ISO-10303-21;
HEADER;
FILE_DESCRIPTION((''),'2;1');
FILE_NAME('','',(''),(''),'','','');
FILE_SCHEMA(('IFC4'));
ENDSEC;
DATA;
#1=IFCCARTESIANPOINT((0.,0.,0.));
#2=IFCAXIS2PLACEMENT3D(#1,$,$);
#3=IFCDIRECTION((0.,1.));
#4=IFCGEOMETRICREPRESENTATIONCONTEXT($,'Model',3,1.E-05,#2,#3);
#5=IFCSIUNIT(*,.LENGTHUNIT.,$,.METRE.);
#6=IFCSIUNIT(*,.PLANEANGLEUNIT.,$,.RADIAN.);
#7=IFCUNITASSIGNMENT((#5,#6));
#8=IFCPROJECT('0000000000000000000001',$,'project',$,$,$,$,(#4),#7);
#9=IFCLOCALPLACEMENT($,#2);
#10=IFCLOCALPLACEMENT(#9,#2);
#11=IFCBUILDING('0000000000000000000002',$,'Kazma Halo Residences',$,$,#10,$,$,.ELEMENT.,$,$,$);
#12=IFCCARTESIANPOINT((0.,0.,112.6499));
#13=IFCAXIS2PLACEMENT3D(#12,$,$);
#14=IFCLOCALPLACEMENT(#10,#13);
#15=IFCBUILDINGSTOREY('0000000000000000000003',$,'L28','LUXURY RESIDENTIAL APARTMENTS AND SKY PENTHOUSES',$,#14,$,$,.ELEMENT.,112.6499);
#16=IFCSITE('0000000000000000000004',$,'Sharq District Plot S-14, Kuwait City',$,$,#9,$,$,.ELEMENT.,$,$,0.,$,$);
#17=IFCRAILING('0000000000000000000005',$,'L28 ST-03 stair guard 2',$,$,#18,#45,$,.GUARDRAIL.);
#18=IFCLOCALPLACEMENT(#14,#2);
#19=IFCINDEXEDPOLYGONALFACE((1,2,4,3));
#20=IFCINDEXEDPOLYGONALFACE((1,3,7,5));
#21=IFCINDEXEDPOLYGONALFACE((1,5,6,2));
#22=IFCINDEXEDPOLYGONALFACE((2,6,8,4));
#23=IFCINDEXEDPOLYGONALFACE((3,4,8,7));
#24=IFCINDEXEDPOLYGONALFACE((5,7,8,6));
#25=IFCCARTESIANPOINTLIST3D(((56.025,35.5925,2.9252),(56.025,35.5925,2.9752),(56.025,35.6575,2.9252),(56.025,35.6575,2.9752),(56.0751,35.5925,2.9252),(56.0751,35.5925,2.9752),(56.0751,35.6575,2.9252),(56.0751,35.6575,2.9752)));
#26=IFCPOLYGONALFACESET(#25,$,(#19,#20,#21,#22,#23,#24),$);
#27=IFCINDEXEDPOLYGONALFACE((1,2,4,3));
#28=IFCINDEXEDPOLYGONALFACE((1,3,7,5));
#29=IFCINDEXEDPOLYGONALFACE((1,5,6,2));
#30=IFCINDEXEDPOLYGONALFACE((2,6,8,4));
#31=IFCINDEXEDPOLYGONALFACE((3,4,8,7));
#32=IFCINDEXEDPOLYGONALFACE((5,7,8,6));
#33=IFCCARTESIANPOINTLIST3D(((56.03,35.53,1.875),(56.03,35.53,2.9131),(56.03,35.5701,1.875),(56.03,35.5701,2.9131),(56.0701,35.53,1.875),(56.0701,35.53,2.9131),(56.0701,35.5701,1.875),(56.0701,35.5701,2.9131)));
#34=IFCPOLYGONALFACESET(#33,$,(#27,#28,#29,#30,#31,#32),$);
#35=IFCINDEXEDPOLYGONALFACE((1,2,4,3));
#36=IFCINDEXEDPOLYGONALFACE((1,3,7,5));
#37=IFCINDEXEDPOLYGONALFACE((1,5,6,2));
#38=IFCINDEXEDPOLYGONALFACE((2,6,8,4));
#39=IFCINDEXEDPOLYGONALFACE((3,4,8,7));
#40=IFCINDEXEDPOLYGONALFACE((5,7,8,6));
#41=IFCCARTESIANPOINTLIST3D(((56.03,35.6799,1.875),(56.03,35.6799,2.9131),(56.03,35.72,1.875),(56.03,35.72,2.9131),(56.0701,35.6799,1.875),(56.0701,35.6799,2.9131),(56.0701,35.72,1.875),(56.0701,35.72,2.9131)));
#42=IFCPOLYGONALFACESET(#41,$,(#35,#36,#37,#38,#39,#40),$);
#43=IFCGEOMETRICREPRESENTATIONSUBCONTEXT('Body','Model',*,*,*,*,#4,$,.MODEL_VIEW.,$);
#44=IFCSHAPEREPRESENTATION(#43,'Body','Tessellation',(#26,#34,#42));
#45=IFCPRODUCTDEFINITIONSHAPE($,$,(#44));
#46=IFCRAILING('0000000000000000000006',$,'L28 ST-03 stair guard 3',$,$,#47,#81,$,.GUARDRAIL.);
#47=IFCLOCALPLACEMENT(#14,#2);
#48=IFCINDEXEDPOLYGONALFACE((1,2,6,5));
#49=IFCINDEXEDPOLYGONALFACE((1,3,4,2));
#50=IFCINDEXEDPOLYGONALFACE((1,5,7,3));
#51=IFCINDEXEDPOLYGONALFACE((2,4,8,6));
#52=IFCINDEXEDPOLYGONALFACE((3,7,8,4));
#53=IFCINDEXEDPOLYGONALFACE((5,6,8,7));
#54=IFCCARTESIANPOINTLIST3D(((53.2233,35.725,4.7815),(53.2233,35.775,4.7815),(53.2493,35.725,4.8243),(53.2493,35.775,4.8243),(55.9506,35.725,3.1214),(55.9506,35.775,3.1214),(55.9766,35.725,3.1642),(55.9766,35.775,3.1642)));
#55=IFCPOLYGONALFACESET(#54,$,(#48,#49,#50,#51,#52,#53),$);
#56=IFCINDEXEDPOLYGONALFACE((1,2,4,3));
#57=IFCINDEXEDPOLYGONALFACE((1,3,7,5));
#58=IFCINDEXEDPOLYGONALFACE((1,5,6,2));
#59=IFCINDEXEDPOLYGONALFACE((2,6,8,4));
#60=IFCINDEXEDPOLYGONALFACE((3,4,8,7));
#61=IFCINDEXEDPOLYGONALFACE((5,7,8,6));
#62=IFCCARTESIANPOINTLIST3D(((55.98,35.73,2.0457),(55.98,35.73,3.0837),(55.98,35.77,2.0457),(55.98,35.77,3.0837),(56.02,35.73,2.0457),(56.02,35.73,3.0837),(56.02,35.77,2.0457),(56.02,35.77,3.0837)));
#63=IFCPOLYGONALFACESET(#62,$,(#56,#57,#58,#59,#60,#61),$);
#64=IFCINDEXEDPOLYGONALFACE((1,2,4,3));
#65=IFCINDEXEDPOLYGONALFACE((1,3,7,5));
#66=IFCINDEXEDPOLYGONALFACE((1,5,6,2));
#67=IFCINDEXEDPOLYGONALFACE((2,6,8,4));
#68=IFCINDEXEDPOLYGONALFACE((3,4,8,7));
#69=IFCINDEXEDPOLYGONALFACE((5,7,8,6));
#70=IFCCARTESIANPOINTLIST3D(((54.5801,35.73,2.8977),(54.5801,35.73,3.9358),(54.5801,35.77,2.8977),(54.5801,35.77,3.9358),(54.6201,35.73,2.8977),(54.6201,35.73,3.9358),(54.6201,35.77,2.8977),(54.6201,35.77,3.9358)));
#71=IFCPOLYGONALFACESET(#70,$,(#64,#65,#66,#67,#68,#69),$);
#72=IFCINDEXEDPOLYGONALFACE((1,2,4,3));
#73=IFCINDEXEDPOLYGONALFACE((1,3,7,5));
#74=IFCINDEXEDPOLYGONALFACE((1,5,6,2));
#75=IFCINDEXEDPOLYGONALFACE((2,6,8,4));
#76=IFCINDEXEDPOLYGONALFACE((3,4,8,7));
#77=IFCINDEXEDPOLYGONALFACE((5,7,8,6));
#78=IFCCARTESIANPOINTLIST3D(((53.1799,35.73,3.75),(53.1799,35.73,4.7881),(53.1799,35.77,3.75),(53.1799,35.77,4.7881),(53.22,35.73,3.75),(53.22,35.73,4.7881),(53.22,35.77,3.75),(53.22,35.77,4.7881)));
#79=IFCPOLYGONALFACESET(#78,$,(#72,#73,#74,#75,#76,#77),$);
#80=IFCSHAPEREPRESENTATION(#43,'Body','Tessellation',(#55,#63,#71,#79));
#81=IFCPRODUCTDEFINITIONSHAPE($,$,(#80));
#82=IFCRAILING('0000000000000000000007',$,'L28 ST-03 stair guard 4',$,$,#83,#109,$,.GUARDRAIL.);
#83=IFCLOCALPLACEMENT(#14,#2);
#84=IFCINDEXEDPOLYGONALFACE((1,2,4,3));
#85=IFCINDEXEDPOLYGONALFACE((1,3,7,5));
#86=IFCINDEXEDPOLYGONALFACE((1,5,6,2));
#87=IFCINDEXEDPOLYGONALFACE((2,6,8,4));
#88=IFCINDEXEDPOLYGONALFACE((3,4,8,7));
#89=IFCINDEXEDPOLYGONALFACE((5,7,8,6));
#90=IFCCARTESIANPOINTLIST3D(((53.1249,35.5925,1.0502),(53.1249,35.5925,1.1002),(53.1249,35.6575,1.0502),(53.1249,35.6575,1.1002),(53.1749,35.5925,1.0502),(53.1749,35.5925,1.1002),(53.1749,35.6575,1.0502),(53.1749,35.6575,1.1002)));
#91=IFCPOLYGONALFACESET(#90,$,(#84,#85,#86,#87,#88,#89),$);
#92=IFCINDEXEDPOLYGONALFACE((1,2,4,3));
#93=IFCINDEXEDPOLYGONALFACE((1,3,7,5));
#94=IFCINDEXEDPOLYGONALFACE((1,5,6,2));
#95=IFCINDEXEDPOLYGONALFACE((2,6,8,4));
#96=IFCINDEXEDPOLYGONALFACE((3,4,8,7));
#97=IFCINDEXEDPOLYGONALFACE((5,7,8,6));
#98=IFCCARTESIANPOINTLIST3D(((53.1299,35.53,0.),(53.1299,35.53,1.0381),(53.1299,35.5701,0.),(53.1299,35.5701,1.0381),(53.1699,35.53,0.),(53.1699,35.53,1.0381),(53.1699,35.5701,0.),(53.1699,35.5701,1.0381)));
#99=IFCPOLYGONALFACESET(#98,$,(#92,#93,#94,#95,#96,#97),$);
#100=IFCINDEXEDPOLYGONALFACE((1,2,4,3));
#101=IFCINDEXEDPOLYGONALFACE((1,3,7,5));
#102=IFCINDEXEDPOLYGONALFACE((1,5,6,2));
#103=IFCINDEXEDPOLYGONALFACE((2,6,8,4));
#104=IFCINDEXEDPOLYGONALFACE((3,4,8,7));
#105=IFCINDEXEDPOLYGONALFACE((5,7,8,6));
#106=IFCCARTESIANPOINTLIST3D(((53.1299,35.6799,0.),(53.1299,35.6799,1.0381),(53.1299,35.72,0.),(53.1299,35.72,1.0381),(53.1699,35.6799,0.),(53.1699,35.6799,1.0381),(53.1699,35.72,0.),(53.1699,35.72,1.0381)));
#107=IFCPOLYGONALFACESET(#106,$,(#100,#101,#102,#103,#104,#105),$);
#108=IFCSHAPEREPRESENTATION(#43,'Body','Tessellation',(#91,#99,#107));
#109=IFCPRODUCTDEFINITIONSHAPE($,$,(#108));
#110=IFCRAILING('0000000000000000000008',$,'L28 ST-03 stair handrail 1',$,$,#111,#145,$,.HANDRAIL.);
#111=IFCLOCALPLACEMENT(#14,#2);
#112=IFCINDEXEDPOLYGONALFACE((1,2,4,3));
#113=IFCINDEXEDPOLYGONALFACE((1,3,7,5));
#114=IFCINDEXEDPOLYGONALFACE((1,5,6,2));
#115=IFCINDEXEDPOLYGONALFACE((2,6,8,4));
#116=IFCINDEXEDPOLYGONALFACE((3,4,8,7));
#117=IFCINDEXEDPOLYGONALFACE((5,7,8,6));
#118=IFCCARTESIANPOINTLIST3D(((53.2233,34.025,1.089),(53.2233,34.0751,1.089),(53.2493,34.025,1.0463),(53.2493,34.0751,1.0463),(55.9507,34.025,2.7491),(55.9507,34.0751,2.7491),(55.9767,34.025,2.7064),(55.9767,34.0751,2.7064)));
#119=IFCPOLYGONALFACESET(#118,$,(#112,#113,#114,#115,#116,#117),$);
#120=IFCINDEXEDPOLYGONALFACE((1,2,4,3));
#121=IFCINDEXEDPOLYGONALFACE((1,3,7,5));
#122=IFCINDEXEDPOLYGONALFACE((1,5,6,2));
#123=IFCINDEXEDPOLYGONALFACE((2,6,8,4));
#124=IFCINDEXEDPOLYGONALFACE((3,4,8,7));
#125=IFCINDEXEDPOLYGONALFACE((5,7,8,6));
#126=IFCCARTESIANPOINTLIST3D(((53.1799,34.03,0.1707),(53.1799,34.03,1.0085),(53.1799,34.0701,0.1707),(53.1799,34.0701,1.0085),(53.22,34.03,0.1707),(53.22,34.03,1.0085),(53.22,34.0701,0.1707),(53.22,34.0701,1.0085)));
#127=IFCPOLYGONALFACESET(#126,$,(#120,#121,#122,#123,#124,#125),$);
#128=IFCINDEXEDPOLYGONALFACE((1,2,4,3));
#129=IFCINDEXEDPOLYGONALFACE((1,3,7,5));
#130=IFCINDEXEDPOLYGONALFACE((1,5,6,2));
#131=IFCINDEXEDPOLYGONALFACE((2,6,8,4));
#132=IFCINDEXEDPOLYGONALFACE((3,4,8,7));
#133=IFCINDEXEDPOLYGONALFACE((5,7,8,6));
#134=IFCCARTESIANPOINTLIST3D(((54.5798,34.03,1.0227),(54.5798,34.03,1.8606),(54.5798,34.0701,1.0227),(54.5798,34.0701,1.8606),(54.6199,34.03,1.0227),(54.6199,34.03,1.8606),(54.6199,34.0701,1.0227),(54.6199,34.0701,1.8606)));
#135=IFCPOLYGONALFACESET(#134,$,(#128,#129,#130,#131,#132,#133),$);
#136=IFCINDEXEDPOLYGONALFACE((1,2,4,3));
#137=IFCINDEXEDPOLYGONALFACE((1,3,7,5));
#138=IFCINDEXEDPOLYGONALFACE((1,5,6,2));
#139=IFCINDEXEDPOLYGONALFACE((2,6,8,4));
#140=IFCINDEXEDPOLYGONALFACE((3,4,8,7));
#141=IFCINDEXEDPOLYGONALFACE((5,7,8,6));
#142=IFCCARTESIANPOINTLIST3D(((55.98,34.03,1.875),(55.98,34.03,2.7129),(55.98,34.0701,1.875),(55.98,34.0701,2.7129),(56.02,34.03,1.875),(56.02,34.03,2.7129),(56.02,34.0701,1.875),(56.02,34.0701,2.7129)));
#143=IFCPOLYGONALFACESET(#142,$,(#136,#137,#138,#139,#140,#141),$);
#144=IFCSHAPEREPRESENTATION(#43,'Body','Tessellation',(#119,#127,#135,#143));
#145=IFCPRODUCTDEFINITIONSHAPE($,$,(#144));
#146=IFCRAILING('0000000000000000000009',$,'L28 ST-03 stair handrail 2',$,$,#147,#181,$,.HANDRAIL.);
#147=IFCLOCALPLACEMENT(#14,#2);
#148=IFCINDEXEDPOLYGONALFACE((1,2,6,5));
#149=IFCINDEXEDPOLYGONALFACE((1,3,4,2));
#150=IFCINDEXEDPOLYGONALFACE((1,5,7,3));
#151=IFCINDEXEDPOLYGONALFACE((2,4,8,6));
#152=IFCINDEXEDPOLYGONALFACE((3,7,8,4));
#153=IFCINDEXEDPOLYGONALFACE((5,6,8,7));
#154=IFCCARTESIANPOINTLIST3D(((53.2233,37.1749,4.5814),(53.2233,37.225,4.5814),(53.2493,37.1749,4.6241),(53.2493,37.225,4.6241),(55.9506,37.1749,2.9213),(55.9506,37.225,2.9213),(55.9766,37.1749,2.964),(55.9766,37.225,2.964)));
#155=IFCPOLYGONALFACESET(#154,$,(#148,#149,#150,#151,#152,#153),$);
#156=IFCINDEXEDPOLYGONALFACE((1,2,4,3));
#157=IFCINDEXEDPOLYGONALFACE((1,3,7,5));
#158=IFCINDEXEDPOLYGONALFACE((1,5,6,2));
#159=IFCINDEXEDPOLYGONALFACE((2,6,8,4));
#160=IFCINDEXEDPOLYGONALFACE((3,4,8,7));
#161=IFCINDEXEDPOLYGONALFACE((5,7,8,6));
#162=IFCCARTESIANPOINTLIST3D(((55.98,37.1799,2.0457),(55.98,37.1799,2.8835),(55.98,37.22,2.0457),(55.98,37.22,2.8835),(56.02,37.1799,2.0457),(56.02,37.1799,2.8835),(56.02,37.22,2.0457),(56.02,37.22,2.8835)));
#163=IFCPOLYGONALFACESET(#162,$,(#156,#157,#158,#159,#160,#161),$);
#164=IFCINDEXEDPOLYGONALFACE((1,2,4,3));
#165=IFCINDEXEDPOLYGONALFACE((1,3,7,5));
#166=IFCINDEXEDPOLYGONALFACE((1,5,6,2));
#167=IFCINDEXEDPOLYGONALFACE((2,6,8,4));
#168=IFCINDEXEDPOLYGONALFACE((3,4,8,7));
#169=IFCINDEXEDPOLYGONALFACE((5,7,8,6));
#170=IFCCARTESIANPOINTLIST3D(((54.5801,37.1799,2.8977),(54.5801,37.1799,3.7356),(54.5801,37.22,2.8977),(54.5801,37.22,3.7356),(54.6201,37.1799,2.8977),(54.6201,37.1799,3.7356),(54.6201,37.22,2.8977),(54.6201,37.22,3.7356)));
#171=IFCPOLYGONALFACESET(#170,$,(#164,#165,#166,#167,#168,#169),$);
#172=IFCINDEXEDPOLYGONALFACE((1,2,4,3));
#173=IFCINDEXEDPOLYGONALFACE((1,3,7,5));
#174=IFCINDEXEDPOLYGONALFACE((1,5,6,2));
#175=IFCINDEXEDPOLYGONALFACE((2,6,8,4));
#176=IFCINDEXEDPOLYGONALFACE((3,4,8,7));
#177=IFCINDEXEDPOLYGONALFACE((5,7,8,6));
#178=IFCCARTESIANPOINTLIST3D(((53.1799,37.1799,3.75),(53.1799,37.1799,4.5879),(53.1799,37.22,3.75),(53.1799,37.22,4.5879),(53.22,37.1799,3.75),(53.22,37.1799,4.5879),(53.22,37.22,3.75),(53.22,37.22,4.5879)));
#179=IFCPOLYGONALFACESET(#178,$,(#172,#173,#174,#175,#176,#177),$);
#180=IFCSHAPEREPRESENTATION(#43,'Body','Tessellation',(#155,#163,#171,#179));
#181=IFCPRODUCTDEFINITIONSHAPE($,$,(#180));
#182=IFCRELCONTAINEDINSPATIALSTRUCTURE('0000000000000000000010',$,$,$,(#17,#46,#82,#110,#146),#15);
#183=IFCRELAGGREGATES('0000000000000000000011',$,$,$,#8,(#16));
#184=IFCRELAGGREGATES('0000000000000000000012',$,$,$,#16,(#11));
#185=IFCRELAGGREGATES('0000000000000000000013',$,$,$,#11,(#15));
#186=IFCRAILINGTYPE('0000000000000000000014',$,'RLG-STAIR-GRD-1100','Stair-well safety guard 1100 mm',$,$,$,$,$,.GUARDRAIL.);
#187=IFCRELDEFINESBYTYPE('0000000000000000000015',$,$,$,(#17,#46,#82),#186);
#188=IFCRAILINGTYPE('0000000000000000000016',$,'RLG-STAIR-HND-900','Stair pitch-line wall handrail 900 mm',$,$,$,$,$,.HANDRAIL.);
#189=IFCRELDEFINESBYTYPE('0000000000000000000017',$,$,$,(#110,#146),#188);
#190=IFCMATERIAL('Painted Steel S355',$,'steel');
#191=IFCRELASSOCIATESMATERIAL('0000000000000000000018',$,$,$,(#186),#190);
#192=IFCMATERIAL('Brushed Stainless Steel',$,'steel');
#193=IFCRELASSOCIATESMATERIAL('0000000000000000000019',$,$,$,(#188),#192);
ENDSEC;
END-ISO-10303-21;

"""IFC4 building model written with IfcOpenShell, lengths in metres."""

from ifc_helpers import new_model, si_unit, direction, frame, origin, origin_2d, place, context, subcontext, project, spatial, rectangle, extrude, material, type_object, element, save


model = new_model("IFC4")

# Units and contexts
model_context = context("Model", 3, precision=1e-05, world=origin(), true_north=direction((0.0, 1.0)))
body_context = subcontext(model_context, "Body", "Model", "MODEL_VIEW")
ifc_project = project(units=[si_unit("LENGTHUNIT", "METRE"), si_unit("PLANEANGLEUNIT", "RADIAN")], contexts=[model_context])

# Site, building, storey
site_placement = place(None, origin())
site = spatial("IfcSite", under=ifc_project, at=site_placement, Name="Sharq District Plot S-14, Kuwait City", CompositionType="ELEMENT", RefElevation=0.0)
building_placement = place(site_placement, origin())
building = spatial("IfcBuilding", under=site, at=building_placement, Name="Kazma Halo Residences", CompositionType="ELEMENT")
storey_placement = place(building_placement, frame((0.0, 0.0, 112.6499)))
storey = spatial("IfcBuildingStorey", under=building, at=storey_placement, Name="L28", Description="LUXURY RESIDENTIAL APARTMENTS AND SKY PENTHOUSES", CompositionType="ELEMENT", Elevation=112.6499)

# Railings
ifc_material_1 = material(Name="Painted Steel S355", Category="steel")
railing_type_1 = type_object("IfcRailingType", Name="RLG-STAIR-GRD-1100", Description="Stair-well safety guard 1100 mm", PredefinedType="GUARDRAIL", material=ifc_material_1)
railing_1_placement = place(storey_placement, frame((56.05, 35.55, 1.875)))
element("IfcRailing", 1, at=railing_1_placement, inside=storey, type_object=railing_type_1, Name="L28 ST-03 stair guard 2", PredefinedType="GUARDRAIL", context=body_context, shape_type="SweptSolid", body=[
    extrude(rectangle(XDim=0.05, YDim=0.05, at=origin_2d()), frame((0.0, 0.0425, 1.0752), z_axis=(0.0, 1.0, 0.0), x_axis=(-1.0, 0.0, 0.0)), (0.0, 0.0, 1.0), 0.0649),
    extrude(rectangle(XDim=0.04, YDim=0.04, at=origin_2d()), origin(), (0.0, 0.0, 1.0), 1.0381),
    extrude(rectangle(XDim=0.04, YDim=0.04, at=origin_2d()), frame((0.0, 0.1499, 0.0)), (0.0, 0.0, 1.0), 1.0381),
])
railing_2_placement = place(storey_placement, frame((56.0, 35.75, 2.0457)))
element("IfcRailing", 2, at=railing_2_placement, inside=storey, type_object=railing_type_1, Name="L28 ST-03 stair guard 3", PredefinedType="GUARDRAIL", context=body_context, shape_type="SweptSolid", body=[
    extrude(rectangle(XDim=0.05, YDim=0.05, at=origin_2d()), frame((-0.0364, 0.0, 1.0972), z_axis=(-0.854203, 0.0, 0.51994), x_axis=(0.0, -1.0, 0.0)), (0.0, 0.0, 1.0), 3.1929),
    extrude(rectangle(XDim=0.04, YDim=0.04, at=origin_2d()), origin(), (0.0, 0.0, 1.0), 1.0381),
    extrude(rectangle(XDim=0.04, YDim=0.04, at=origin_2d()), frame((-1.3999, 0.0, 0.8521)), (0.0, 0.0, 1.0), 1.0381),
    extrude(rectangle(XDim=0.04, YDim=0.04, at=origin_2d()), frame((-2.8, 0.0, 1.7043)), (0.0, 0.0, 1.0), 1.0381),
])
railing_3_placement = place(storey_placement, frame((53.1499, 35.55, 0.0)))
element("IfcRailing", 3, at=railing_3_placement, inside=storey, type_object=railing_type_1, Name="L28 ST-03 stair guard 4", PredefinedType="GUARDRAIL", context=body_context, shape_type="SweptSolid", body=[
    extrude(rectangle(XDim=0.05, YDim=0.05, at=origin_2d()), frame((0.0, 0.0425, 1.0752), z_axis=(0.0, 1.0, 0.0), x_axis=(-1.0, 0.0, 0.0)), (0.0, 0.0, 1.0), 0.0649),
    extrude(rectangle(XDim=0.04, YDim=0.04, at=origin_2d()), origin(), (0.0, 0.0, 1.0), 1.0381),
    extrude(rectangle(XDim=0.04, YDim=0.04, at=origin_2d()), frame((0.0, 0.1499, 0.0)), (0.0, 0.0, 1.0), 1.0381),
])
ifc_material_2 = material(Name="Brushed Stainless Steel", Category="steel")
railing_type_2 = type_object("IfcRailingType", Name="RLG-STAIR-HND-900", Description="Stair pitch-line wall handrail 900 mm", PredefinedType="HANDRAIL", material=ifc_material_2)
railing_4_placement = place(storey_placement, frame((53.2, 34.05, 0.1707)))
element("IfcRailing", 4, at=railing_4_placement, inside=storey, type_object=railing_type_2, Name="L28 ST-03 stair handrail 1", PredefinedType="HANDRAIL", context=body_context, shape_type="SweptSolid", body=[
    extrude(rectangle(XDim=0.05, YDim=0.05, at=origin_2d()), frame((0.0364, 0.0, 0.897), z_axis=(0.854203, 0.0, 0.51994), x_axis=(0.0, 1.0, 0.0)), (0.0, 0.0, 1.0), 3.1929),
    extrude(rectangle(XDim=0.04, YDim=0.04, at=origin_2d()), origin(), (0.0, 0.0, 1.0), 0.8379),
    extrude(rectangle(XDim=0.04, YDim=0.04, at=origin_2d()), frame((1.3999, 0.0, 0.8521)), (0.0, 0.0, 1.0), 0.8379),
    extrude(rectangle(XDim=0.04, YDim=0.04, at=origin_2d()), frame((2.8, 0.0, 1.7043)), (0.0, 0.0, 1.0), 0.8379),
])
railing_5_placement = place(storey_placement, frame((56.0, 37.2, 2.0457)))
element("IfcRailing", 5, at=railing_5_placement, inside=storey, type_object=railing_type_2, Name="L28 ST-03 stair handrail 2", PredefinedType="HANDRAIL", context=body_context, shape_type="SweptSolid", body=[
    extrude(rectangle(XDim=0.05, YDim=0.05, at=origin_2d()), frame((-0.0364, 0.0, 0.897), z_axis=(-0.854203, 0.0, 0.51994), x_axis=(0.0, -1.0, 0.0)), (0.0, 0.0, 1.0), 3.1929),
    extrude(rectangle(XDim=0.04, YDim=0.04, at=origin_2d()), origin(), (0.0, 0.0, 1.0), 0.8379),
    extrude(rectangle(XDim=0.04, YDim=0.04, at=origin_2d()), frame((-1.3999, 0.0, 0.8521)), (0.0, 0.0, 1.0), 0.8379),
    extrude(rectangle(XDim=0.04, YDim=0.04, at=origin_2d()), frame((-2.8, 0.0, 1.7043)), (0.0, 0.0, 1.0), 0.8379),
])

save(model, "model.ifc")
